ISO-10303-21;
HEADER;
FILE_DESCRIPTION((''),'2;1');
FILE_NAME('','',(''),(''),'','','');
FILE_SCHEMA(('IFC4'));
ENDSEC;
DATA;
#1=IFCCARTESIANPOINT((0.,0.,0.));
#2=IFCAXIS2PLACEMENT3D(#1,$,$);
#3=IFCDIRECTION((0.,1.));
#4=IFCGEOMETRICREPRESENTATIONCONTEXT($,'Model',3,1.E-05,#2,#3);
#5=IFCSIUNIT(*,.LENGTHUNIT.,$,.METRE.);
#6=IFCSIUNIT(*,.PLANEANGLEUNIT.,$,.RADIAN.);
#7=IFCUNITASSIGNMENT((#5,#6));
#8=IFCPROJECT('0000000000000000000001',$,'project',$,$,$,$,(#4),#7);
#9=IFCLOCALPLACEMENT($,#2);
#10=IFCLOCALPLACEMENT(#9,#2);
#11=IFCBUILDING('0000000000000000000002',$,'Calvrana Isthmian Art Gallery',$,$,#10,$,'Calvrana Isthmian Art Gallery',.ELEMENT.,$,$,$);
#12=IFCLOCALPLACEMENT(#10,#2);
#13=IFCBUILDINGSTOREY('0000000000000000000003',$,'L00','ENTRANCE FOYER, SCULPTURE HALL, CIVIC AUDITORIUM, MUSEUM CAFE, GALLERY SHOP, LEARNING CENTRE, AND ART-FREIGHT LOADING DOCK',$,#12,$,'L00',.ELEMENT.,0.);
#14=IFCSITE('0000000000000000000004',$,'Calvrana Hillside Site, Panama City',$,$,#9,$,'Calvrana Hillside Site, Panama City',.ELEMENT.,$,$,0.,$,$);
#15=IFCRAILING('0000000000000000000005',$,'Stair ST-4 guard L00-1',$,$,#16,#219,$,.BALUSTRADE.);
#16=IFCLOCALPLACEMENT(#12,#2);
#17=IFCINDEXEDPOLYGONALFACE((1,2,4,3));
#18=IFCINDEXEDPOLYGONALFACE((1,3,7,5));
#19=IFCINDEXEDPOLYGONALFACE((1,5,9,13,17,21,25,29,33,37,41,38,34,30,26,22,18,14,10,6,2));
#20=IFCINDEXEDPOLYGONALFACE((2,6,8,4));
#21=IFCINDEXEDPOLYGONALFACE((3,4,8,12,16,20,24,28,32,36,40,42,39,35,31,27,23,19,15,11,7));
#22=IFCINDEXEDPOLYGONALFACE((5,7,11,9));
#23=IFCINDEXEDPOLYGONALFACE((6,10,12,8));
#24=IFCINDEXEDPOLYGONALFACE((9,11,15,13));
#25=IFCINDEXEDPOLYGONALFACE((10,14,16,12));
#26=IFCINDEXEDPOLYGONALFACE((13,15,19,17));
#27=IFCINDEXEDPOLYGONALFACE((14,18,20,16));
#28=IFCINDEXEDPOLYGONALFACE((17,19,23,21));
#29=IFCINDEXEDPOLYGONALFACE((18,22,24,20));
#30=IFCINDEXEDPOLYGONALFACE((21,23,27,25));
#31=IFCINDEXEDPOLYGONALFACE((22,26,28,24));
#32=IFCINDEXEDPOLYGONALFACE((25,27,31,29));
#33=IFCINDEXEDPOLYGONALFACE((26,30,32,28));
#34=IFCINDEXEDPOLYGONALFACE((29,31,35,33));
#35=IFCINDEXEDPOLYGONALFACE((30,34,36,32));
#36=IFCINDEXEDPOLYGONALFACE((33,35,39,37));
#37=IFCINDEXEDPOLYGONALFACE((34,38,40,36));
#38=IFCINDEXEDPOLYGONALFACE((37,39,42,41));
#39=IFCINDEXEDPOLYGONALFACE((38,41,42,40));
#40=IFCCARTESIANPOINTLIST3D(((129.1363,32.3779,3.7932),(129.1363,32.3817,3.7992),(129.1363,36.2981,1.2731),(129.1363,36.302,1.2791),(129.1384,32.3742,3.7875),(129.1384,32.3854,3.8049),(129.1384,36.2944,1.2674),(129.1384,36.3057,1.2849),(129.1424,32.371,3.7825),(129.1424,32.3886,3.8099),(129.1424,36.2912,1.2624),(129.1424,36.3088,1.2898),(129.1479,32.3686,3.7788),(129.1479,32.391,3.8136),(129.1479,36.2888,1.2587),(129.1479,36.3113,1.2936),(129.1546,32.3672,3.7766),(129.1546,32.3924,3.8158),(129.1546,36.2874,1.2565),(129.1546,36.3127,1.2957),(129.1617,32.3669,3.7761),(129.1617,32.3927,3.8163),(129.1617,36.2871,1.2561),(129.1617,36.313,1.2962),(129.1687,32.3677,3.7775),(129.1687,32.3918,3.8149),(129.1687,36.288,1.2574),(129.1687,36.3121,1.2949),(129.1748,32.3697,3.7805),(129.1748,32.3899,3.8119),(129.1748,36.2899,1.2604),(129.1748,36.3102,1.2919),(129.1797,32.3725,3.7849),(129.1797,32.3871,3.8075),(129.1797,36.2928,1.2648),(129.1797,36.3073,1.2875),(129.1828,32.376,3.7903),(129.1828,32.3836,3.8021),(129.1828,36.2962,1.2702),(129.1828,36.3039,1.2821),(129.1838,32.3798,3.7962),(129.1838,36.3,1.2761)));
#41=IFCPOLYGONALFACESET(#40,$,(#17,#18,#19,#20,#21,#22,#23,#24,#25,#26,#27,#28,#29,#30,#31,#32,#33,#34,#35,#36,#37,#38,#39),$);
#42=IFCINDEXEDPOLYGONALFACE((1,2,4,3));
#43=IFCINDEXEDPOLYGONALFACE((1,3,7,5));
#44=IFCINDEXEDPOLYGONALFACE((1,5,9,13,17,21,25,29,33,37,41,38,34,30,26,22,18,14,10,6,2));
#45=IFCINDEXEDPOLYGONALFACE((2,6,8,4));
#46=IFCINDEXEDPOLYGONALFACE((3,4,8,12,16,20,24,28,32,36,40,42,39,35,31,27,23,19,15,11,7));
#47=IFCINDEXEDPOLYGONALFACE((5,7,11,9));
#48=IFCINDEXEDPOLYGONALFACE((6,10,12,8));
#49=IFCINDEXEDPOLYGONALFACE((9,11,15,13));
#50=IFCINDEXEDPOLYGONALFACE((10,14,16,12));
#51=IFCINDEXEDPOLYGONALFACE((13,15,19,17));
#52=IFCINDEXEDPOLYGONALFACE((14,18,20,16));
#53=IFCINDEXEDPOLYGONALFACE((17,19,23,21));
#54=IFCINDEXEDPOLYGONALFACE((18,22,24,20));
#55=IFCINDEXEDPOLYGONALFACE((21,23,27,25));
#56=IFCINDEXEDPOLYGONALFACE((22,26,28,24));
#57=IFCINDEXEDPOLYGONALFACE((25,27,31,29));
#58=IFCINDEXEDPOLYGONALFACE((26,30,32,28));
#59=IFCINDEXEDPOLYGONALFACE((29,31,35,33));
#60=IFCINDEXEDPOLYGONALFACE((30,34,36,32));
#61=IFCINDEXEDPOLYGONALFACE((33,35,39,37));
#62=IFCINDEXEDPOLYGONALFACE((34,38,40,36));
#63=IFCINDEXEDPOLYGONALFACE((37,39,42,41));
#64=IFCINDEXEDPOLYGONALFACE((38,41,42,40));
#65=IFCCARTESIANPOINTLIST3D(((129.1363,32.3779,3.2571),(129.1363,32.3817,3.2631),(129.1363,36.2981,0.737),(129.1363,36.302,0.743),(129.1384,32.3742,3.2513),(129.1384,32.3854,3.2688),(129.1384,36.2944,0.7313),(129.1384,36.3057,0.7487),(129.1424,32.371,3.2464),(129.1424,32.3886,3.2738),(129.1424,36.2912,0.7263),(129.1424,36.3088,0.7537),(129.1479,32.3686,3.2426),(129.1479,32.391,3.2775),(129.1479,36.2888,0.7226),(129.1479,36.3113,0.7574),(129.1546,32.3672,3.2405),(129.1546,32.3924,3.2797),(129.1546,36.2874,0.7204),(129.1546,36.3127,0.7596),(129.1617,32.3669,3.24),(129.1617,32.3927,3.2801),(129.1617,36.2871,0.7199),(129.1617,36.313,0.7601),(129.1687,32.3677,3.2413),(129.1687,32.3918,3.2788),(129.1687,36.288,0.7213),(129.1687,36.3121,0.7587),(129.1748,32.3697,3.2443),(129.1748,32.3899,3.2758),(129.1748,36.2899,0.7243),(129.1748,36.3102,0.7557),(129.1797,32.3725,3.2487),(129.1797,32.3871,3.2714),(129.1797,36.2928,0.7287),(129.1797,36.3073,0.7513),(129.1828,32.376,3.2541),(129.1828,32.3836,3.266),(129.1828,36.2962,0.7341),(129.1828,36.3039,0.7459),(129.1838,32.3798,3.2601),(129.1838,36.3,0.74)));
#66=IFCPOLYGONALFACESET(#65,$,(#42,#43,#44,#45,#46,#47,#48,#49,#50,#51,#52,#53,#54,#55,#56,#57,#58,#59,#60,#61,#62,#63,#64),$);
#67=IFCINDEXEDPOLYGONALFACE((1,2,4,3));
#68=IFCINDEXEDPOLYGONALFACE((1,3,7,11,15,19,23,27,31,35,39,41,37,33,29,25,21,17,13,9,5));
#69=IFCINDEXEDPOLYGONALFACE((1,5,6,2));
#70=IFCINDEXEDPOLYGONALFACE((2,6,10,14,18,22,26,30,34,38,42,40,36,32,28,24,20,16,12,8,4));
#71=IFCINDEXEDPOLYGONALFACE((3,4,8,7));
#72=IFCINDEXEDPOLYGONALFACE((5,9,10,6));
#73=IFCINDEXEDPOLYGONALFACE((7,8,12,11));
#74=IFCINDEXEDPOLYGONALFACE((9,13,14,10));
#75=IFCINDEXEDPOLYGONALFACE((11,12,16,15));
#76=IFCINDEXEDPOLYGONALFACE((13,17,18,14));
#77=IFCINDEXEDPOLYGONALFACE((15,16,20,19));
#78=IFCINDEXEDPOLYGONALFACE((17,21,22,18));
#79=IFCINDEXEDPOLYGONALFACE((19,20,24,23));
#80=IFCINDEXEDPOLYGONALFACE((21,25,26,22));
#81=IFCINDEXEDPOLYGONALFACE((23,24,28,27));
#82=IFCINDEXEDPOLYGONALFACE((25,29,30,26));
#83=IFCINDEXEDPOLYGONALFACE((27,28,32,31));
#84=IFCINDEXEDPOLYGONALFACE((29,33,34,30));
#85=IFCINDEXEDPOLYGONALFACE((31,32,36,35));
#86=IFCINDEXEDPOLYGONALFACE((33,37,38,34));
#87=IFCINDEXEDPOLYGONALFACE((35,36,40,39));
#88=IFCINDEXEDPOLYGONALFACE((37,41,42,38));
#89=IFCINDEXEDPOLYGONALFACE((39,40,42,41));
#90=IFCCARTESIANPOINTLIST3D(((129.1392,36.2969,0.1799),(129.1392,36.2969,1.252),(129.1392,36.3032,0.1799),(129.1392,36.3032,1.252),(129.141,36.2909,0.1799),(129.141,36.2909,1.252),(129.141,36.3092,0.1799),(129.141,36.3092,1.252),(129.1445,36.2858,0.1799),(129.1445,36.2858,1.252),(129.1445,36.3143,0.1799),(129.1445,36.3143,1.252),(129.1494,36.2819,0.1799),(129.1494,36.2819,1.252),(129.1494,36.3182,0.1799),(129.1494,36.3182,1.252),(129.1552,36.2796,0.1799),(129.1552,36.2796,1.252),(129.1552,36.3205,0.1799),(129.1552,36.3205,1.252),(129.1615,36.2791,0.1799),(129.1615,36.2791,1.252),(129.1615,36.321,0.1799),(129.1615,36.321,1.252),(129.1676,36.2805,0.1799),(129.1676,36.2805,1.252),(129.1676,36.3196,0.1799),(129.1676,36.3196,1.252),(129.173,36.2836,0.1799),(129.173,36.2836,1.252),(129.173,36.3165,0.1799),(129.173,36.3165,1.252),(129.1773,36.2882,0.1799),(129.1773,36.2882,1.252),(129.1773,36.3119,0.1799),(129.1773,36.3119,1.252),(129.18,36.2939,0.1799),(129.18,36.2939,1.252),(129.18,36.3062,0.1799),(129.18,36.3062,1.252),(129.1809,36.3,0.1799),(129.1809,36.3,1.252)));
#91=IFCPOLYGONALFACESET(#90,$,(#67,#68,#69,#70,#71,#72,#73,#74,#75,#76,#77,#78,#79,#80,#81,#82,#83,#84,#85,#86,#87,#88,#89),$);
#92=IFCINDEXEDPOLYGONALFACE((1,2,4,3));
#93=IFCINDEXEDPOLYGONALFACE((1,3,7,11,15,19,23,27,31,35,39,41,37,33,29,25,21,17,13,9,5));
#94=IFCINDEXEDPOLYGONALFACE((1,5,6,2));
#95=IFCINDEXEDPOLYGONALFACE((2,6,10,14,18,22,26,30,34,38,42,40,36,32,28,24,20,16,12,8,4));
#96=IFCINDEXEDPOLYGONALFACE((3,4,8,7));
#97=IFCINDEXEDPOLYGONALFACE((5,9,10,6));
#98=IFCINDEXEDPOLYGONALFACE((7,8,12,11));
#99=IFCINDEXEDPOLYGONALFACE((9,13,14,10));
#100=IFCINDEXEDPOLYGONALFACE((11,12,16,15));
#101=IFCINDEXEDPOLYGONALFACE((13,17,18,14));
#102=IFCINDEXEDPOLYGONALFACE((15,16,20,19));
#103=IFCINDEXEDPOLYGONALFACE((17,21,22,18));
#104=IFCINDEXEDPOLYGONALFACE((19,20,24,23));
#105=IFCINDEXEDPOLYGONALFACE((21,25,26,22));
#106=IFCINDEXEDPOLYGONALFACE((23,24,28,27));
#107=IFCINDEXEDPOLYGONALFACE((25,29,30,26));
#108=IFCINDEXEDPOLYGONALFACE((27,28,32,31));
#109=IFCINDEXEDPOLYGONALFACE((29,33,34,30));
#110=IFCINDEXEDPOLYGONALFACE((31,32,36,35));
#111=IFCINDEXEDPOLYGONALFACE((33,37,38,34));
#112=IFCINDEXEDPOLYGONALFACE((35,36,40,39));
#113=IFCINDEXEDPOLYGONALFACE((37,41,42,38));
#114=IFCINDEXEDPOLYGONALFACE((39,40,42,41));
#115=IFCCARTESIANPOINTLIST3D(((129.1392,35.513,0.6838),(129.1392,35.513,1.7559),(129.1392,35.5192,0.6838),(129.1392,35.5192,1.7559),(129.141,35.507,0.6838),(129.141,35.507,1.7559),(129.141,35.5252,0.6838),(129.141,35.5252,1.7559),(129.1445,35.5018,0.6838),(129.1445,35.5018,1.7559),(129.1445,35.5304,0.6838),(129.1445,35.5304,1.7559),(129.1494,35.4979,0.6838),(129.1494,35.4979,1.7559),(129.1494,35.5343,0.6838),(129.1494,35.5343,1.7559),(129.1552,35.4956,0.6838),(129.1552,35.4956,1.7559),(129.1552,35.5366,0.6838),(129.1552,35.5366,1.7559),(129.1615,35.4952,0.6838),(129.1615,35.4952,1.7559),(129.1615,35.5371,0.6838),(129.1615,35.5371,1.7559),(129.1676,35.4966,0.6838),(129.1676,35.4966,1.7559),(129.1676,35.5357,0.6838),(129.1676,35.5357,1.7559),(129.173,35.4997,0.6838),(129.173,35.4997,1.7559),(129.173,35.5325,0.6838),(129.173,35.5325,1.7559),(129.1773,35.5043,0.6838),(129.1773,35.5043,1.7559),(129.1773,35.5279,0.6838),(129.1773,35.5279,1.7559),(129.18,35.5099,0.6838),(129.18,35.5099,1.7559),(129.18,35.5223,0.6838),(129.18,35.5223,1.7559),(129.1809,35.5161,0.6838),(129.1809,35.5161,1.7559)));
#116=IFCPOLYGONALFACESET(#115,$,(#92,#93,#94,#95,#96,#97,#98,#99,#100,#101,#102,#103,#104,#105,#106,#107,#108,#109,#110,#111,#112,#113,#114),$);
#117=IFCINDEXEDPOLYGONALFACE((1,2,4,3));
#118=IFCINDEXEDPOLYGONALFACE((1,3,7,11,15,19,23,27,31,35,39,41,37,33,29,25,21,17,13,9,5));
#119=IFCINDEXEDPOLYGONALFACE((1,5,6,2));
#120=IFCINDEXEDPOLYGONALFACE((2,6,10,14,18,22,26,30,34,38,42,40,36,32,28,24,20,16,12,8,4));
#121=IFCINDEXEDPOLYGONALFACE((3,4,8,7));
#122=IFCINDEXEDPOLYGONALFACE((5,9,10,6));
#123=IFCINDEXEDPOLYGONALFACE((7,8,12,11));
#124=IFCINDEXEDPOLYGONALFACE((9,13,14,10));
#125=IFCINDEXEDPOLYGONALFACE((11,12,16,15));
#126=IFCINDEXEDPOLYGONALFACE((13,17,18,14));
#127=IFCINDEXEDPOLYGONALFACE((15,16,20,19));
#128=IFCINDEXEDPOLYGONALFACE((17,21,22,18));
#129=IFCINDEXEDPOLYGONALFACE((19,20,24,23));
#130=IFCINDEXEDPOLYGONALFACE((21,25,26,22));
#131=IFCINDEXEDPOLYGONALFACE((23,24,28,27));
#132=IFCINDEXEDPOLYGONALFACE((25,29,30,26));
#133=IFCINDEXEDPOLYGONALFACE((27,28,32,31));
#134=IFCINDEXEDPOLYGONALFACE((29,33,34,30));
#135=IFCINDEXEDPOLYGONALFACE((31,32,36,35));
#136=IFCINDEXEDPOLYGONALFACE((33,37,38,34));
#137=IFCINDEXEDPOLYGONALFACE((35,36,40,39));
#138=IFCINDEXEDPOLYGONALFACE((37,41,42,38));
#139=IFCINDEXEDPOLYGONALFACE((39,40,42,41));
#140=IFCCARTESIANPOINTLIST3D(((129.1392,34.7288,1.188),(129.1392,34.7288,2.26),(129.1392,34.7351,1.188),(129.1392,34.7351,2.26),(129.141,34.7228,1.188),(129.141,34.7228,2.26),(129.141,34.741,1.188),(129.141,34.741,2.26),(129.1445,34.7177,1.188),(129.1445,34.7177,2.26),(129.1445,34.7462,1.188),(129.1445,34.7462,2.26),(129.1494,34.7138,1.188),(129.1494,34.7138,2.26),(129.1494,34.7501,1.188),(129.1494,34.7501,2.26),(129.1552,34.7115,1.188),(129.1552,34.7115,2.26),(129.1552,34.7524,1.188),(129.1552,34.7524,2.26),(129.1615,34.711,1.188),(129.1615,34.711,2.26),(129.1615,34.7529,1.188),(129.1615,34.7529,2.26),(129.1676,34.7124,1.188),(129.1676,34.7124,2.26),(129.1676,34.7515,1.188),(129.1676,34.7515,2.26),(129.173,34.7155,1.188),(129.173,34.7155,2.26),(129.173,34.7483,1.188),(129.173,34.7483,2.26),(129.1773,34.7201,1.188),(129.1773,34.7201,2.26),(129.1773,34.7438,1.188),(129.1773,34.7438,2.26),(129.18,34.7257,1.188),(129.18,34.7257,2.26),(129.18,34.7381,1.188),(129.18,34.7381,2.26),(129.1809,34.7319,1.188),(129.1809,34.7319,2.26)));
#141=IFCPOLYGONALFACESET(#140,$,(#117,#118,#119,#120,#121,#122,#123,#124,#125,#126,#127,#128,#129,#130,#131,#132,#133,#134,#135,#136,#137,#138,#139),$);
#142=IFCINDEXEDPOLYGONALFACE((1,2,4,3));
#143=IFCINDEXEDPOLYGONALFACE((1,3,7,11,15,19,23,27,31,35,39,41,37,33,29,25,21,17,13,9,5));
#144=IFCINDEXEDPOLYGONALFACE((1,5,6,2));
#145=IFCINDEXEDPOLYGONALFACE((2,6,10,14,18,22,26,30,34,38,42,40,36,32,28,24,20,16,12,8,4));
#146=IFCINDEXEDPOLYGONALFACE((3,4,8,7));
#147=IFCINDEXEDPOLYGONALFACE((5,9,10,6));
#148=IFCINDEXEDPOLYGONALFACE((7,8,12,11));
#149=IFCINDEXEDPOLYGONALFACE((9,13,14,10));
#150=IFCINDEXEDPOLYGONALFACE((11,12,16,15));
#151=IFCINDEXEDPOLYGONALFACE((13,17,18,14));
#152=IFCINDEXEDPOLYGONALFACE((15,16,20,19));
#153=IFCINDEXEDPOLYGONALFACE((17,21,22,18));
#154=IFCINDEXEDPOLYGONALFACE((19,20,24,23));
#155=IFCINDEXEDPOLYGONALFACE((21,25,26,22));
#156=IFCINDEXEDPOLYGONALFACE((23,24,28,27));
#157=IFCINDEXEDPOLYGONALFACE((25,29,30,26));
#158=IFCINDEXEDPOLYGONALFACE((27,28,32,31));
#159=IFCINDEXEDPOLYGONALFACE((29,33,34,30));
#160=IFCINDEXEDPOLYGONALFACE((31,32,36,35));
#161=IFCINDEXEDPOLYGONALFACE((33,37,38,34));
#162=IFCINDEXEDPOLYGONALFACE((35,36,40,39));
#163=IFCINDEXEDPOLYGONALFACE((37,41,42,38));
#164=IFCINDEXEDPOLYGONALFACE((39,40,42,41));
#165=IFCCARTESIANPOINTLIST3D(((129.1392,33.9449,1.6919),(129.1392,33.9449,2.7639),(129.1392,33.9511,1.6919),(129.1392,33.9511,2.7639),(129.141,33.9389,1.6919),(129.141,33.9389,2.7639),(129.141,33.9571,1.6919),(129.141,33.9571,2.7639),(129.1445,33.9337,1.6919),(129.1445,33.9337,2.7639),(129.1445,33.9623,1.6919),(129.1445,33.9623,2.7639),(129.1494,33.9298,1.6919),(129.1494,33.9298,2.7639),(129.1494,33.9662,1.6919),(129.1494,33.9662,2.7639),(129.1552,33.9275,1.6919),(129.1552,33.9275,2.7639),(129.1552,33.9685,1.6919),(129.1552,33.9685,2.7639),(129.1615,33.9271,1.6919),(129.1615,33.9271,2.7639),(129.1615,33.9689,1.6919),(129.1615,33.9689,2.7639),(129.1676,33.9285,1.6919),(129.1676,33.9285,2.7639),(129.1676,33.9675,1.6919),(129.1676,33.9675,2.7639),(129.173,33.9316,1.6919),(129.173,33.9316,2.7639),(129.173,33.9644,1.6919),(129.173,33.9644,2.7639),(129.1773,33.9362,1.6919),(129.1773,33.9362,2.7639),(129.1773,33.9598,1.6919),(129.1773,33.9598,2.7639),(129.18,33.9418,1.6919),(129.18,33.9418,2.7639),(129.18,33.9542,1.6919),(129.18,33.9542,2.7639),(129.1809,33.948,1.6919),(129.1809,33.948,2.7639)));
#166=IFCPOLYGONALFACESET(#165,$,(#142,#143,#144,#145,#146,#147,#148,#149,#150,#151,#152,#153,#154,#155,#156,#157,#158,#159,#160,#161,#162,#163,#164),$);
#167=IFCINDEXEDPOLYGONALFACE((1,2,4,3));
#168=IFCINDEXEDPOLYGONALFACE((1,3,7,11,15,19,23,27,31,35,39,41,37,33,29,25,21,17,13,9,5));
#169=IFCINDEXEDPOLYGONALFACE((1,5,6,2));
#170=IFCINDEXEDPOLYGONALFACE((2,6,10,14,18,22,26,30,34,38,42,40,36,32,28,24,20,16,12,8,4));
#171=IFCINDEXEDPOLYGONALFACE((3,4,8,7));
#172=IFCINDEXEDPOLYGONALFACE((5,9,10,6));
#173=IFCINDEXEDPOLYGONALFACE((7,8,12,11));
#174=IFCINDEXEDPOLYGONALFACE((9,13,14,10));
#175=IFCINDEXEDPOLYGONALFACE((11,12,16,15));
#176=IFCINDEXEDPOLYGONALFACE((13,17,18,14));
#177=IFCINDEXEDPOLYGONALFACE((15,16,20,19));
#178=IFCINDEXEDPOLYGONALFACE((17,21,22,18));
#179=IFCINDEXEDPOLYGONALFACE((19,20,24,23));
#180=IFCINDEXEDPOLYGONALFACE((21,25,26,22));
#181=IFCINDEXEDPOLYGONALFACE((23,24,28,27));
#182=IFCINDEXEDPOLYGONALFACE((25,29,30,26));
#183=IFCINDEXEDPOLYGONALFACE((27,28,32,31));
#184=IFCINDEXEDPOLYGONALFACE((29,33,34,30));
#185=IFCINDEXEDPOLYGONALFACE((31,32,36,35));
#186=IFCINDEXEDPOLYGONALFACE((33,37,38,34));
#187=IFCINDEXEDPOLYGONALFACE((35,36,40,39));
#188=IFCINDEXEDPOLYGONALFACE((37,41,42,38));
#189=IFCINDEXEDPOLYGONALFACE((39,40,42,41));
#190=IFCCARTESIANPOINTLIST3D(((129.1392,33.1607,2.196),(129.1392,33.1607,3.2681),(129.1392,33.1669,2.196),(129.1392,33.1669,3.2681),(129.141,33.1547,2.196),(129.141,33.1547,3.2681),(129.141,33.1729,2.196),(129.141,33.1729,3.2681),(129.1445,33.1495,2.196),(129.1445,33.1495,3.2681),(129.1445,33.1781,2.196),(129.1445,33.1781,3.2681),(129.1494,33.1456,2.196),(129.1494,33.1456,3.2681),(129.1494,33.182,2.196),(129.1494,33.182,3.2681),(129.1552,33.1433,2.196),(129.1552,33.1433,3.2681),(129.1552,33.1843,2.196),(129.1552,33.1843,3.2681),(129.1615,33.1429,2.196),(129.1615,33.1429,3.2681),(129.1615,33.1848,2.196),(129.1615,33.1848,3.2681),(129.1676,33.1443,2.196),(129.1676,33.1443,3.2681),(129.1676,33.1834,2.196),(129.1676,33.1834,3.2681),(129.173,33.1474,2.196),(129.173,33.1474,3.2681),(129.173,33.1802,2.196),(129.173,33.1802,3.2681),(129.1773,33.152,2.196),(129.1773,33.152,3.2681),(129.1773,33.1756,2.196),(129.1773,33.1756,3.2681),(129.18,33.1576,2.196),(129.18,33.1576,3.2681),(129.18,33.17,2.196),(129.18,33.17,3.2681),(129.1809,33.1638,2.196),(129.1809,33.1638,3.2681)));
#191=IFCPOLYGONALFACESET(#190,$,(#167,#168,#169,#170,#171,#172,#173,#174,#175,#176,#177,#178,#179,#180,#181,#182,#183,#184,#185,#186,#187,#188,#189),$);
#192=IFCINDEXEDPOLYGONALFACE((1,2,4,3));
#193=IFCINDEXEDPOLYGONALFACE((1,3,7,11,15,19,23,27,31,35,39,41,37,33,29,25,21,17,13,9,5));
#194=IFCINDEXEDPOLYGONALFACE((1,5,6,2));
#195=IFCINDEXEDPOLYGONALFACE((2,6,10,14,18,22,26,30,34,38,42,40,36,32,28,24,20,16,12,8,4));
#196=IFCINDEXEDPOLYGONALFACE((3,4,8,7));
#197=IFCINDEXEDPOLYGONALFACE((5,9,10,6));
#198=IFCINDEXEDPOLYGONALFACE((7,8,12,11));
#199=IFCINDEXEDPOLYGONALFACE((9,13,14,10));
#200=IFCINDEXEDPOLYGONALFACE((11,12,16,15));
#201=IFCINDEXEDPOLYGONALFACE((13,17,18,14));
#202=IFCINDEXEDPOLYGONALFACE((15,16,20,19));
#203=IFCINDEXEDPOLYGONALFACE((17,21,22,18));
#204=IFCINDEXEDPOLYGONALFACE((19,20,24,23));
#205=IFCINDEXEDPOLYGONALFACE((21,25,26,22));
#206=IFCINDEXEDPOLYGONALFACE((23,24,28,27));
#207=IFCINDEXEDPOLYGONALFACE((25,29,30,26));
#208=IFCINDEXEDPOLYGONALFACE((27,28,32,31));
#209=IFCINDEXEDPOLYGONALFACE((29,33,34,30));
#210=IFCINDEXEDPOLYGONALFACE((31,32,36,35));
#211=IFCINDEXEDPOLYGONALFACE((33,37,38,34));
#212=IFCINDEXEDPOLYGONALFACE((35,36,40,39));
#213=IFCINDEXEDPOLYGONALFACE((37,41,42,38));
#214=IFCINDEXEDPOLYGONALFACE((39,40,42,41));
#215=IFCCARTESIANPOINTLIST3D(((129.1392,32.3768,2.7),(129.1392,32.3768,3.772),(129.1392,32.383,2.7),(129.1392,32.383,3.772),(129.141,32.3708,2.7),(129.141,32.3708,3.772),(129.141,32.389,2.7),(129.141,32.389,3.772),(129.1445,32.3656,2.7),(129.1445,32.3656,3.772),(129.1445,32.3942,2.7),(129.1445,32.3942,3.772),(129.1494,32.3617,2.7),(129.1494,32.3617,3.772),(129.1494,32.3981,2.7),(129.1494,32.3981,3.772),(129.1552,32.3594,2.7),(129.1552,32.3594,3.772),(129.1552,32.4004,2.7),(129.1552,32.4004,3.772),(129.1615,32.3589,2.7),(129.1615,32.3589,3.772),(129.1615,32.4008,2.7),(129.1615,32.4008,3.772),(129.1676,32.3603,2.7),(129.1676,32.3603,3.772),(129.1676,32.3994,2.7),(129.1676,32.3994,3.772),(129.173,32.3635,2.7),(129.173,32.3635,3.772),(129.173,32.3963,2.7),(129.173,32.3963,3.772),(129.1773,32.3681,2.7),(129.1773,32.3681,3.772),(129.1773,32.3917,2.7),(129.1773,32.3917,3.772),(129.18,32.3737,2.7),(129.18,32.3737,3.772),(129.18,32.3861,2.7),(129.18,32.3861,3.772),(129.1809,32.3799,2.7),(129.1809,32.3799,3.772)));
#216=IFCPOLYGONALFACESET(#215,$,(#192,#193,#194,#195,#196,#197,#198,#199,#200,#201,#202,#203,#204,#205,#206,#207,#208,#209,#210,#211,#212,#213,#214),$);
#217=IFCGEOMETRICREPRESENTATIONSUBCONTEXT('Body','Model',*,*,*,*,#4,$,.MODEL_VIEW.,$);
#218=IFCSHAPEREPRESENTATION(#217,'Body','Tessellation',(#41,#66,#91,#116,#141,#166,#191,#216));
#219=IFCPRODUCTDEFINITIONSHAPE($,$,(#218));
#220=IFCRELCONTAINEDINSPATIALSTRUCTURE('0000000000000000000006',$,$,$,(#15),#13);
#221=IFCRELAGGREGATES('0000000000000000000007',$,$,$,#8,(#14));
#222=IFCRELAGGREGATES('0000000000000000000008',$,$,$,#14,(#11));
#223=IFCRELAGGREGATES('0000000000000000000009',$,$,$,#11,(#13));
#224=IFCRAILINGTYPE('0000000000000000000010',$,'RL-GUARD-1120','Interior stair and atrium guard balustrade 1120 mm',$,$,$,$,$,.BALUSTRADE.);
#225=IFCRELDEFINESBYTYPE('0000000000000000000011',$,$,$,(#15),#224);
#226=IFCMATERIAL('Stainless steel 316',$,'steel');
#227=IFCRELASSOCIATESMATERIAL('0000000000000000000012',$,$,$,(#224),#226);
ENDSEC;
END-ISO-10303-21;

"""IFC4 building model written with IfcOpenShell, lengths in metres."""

from ifc_helpers import new_model, si_unit, direction, frame, origin, origin_2d, place, context, subcontext, project, spatial, circle, extrude, material, type_object, element, save


model = new_model("IFC4")

# Units and contexts
model_context = context("Model", 3, precision=1e-05, world=origin(), true_north=direction((0.0, 1.0)))
body_context = subcontext(model_context, "Body", "Model", "MODEL_VIEW")
ifc_project = project(units=[si_unit("LENGTHUNIT", "METRE"), si_unit("PLANEANGLEUNIT", "RADIAN")], contexts=[model_context])

# Site, building, storey
site_placement = place(None, origin())
site = spatial("IfcSite", under=ifc_project, at=site_placement, Name="Calvrana Hillside Site, Panama City", LongName="Calvrana Hillside Site, Panama City", CompositionType="ELEMENT", RefElevation=0.0)
building_placement = place(site_placement, origin())
building = spatial("IfcBuilding", under=site, at=building_placement, Name="Calvrana Isthmian Art Gallery", LongName="Calvrana Isthmian Art Gallery", CompositionType="ELEMENT")
storey_placement = place(building_placement, origin())
storey = spatial("IfcBuildingStorey", under=building, at=storey_placement, Name="L00", Description="ENTRANCE FOYER, SCULPTURE HALL, CIVIC AUDITORIUM, MUSEUM CAFE, GALLERY SHOP, LEARNING CENTRE, AND ART-FREIGHT LOADING DOCK", LongName="L00", CompositionType="ELEMENT", Elevation=0.0)

# Shared definitions
ifc_material_1 = material(Name="Stainless steel 316", Category="steel")

# Railing
railing_type_1 = type_object("IfcRailingType", Name="RL-GUARD-1120", Description="Interior stair and atrium guard balustrade 1120 mm", PredefinedType="BALUSTRADE", material=ifc_material_1)
railing_1_placement = place(storey_placement, frame((129.1599, 36.3, 0.1799)))
element("IfcRailing", 1, at=railing_1_placement, inside=storey, type_object=railing_type_1, Name="Stair ST-4 guard L00-1", PredefinedType="BALUSTRADE", context=body_context, shape_type="SweptSolid", body=[
    extrude(circle(Radius=0.0239, at=origin_2d()), frame((0.0, 0.0, 1.0962), z_axis=(0.0, -0.841187, 0.540744), x_axis=(1.0, 0.0, 0.0)), (0.0, 0.0, 1.0), 4.6604),
    extrude(circle(Radius=0.0239, at=origin_2d()), frame((0.0, 0.0, 0.5601), z_axis=(0.0, -0.841187, 0.540744), x_axis=(1.0, 0.0, 0.0)), (0.0, 0.0, 1.0), 4.6604),
    extrude(circle(Radius=0.021, at=origin_2d()), origin(), (0.0, 0.0, 1.0), 1.072),
    extrude(circle(Radius=0.021, at=origin_2d()), frame((0.0, -0.7839, 0.5039)), (0.0, 0.0, 1.0), 1.072),
    extrude(circle(Radius=0.021, at=origin_2d()), frame((0.0, -1.5681, 1.0081)), (0.0, 0.0, 1.0), 1.072),
    extrude(circle(Radius=0.021, at=origin_2d()), frame((0.0, -2.3521, 1.512)), (0.0, 0.0, 1.0), 1.072),
    extrude(circle(Radius=0.021, at=origin_2d()), frame((0.0, -3.1362, 2.0161)), (0.0, 0.0, 1.0), 1.072),
    extrude(circle(Radius=0.021, at=origin_2d()), frame((0.0, -3.9202, 2.52)), (0.0, 0.0, 1.0), 1.072),
])

save(model, "model.ifc")
